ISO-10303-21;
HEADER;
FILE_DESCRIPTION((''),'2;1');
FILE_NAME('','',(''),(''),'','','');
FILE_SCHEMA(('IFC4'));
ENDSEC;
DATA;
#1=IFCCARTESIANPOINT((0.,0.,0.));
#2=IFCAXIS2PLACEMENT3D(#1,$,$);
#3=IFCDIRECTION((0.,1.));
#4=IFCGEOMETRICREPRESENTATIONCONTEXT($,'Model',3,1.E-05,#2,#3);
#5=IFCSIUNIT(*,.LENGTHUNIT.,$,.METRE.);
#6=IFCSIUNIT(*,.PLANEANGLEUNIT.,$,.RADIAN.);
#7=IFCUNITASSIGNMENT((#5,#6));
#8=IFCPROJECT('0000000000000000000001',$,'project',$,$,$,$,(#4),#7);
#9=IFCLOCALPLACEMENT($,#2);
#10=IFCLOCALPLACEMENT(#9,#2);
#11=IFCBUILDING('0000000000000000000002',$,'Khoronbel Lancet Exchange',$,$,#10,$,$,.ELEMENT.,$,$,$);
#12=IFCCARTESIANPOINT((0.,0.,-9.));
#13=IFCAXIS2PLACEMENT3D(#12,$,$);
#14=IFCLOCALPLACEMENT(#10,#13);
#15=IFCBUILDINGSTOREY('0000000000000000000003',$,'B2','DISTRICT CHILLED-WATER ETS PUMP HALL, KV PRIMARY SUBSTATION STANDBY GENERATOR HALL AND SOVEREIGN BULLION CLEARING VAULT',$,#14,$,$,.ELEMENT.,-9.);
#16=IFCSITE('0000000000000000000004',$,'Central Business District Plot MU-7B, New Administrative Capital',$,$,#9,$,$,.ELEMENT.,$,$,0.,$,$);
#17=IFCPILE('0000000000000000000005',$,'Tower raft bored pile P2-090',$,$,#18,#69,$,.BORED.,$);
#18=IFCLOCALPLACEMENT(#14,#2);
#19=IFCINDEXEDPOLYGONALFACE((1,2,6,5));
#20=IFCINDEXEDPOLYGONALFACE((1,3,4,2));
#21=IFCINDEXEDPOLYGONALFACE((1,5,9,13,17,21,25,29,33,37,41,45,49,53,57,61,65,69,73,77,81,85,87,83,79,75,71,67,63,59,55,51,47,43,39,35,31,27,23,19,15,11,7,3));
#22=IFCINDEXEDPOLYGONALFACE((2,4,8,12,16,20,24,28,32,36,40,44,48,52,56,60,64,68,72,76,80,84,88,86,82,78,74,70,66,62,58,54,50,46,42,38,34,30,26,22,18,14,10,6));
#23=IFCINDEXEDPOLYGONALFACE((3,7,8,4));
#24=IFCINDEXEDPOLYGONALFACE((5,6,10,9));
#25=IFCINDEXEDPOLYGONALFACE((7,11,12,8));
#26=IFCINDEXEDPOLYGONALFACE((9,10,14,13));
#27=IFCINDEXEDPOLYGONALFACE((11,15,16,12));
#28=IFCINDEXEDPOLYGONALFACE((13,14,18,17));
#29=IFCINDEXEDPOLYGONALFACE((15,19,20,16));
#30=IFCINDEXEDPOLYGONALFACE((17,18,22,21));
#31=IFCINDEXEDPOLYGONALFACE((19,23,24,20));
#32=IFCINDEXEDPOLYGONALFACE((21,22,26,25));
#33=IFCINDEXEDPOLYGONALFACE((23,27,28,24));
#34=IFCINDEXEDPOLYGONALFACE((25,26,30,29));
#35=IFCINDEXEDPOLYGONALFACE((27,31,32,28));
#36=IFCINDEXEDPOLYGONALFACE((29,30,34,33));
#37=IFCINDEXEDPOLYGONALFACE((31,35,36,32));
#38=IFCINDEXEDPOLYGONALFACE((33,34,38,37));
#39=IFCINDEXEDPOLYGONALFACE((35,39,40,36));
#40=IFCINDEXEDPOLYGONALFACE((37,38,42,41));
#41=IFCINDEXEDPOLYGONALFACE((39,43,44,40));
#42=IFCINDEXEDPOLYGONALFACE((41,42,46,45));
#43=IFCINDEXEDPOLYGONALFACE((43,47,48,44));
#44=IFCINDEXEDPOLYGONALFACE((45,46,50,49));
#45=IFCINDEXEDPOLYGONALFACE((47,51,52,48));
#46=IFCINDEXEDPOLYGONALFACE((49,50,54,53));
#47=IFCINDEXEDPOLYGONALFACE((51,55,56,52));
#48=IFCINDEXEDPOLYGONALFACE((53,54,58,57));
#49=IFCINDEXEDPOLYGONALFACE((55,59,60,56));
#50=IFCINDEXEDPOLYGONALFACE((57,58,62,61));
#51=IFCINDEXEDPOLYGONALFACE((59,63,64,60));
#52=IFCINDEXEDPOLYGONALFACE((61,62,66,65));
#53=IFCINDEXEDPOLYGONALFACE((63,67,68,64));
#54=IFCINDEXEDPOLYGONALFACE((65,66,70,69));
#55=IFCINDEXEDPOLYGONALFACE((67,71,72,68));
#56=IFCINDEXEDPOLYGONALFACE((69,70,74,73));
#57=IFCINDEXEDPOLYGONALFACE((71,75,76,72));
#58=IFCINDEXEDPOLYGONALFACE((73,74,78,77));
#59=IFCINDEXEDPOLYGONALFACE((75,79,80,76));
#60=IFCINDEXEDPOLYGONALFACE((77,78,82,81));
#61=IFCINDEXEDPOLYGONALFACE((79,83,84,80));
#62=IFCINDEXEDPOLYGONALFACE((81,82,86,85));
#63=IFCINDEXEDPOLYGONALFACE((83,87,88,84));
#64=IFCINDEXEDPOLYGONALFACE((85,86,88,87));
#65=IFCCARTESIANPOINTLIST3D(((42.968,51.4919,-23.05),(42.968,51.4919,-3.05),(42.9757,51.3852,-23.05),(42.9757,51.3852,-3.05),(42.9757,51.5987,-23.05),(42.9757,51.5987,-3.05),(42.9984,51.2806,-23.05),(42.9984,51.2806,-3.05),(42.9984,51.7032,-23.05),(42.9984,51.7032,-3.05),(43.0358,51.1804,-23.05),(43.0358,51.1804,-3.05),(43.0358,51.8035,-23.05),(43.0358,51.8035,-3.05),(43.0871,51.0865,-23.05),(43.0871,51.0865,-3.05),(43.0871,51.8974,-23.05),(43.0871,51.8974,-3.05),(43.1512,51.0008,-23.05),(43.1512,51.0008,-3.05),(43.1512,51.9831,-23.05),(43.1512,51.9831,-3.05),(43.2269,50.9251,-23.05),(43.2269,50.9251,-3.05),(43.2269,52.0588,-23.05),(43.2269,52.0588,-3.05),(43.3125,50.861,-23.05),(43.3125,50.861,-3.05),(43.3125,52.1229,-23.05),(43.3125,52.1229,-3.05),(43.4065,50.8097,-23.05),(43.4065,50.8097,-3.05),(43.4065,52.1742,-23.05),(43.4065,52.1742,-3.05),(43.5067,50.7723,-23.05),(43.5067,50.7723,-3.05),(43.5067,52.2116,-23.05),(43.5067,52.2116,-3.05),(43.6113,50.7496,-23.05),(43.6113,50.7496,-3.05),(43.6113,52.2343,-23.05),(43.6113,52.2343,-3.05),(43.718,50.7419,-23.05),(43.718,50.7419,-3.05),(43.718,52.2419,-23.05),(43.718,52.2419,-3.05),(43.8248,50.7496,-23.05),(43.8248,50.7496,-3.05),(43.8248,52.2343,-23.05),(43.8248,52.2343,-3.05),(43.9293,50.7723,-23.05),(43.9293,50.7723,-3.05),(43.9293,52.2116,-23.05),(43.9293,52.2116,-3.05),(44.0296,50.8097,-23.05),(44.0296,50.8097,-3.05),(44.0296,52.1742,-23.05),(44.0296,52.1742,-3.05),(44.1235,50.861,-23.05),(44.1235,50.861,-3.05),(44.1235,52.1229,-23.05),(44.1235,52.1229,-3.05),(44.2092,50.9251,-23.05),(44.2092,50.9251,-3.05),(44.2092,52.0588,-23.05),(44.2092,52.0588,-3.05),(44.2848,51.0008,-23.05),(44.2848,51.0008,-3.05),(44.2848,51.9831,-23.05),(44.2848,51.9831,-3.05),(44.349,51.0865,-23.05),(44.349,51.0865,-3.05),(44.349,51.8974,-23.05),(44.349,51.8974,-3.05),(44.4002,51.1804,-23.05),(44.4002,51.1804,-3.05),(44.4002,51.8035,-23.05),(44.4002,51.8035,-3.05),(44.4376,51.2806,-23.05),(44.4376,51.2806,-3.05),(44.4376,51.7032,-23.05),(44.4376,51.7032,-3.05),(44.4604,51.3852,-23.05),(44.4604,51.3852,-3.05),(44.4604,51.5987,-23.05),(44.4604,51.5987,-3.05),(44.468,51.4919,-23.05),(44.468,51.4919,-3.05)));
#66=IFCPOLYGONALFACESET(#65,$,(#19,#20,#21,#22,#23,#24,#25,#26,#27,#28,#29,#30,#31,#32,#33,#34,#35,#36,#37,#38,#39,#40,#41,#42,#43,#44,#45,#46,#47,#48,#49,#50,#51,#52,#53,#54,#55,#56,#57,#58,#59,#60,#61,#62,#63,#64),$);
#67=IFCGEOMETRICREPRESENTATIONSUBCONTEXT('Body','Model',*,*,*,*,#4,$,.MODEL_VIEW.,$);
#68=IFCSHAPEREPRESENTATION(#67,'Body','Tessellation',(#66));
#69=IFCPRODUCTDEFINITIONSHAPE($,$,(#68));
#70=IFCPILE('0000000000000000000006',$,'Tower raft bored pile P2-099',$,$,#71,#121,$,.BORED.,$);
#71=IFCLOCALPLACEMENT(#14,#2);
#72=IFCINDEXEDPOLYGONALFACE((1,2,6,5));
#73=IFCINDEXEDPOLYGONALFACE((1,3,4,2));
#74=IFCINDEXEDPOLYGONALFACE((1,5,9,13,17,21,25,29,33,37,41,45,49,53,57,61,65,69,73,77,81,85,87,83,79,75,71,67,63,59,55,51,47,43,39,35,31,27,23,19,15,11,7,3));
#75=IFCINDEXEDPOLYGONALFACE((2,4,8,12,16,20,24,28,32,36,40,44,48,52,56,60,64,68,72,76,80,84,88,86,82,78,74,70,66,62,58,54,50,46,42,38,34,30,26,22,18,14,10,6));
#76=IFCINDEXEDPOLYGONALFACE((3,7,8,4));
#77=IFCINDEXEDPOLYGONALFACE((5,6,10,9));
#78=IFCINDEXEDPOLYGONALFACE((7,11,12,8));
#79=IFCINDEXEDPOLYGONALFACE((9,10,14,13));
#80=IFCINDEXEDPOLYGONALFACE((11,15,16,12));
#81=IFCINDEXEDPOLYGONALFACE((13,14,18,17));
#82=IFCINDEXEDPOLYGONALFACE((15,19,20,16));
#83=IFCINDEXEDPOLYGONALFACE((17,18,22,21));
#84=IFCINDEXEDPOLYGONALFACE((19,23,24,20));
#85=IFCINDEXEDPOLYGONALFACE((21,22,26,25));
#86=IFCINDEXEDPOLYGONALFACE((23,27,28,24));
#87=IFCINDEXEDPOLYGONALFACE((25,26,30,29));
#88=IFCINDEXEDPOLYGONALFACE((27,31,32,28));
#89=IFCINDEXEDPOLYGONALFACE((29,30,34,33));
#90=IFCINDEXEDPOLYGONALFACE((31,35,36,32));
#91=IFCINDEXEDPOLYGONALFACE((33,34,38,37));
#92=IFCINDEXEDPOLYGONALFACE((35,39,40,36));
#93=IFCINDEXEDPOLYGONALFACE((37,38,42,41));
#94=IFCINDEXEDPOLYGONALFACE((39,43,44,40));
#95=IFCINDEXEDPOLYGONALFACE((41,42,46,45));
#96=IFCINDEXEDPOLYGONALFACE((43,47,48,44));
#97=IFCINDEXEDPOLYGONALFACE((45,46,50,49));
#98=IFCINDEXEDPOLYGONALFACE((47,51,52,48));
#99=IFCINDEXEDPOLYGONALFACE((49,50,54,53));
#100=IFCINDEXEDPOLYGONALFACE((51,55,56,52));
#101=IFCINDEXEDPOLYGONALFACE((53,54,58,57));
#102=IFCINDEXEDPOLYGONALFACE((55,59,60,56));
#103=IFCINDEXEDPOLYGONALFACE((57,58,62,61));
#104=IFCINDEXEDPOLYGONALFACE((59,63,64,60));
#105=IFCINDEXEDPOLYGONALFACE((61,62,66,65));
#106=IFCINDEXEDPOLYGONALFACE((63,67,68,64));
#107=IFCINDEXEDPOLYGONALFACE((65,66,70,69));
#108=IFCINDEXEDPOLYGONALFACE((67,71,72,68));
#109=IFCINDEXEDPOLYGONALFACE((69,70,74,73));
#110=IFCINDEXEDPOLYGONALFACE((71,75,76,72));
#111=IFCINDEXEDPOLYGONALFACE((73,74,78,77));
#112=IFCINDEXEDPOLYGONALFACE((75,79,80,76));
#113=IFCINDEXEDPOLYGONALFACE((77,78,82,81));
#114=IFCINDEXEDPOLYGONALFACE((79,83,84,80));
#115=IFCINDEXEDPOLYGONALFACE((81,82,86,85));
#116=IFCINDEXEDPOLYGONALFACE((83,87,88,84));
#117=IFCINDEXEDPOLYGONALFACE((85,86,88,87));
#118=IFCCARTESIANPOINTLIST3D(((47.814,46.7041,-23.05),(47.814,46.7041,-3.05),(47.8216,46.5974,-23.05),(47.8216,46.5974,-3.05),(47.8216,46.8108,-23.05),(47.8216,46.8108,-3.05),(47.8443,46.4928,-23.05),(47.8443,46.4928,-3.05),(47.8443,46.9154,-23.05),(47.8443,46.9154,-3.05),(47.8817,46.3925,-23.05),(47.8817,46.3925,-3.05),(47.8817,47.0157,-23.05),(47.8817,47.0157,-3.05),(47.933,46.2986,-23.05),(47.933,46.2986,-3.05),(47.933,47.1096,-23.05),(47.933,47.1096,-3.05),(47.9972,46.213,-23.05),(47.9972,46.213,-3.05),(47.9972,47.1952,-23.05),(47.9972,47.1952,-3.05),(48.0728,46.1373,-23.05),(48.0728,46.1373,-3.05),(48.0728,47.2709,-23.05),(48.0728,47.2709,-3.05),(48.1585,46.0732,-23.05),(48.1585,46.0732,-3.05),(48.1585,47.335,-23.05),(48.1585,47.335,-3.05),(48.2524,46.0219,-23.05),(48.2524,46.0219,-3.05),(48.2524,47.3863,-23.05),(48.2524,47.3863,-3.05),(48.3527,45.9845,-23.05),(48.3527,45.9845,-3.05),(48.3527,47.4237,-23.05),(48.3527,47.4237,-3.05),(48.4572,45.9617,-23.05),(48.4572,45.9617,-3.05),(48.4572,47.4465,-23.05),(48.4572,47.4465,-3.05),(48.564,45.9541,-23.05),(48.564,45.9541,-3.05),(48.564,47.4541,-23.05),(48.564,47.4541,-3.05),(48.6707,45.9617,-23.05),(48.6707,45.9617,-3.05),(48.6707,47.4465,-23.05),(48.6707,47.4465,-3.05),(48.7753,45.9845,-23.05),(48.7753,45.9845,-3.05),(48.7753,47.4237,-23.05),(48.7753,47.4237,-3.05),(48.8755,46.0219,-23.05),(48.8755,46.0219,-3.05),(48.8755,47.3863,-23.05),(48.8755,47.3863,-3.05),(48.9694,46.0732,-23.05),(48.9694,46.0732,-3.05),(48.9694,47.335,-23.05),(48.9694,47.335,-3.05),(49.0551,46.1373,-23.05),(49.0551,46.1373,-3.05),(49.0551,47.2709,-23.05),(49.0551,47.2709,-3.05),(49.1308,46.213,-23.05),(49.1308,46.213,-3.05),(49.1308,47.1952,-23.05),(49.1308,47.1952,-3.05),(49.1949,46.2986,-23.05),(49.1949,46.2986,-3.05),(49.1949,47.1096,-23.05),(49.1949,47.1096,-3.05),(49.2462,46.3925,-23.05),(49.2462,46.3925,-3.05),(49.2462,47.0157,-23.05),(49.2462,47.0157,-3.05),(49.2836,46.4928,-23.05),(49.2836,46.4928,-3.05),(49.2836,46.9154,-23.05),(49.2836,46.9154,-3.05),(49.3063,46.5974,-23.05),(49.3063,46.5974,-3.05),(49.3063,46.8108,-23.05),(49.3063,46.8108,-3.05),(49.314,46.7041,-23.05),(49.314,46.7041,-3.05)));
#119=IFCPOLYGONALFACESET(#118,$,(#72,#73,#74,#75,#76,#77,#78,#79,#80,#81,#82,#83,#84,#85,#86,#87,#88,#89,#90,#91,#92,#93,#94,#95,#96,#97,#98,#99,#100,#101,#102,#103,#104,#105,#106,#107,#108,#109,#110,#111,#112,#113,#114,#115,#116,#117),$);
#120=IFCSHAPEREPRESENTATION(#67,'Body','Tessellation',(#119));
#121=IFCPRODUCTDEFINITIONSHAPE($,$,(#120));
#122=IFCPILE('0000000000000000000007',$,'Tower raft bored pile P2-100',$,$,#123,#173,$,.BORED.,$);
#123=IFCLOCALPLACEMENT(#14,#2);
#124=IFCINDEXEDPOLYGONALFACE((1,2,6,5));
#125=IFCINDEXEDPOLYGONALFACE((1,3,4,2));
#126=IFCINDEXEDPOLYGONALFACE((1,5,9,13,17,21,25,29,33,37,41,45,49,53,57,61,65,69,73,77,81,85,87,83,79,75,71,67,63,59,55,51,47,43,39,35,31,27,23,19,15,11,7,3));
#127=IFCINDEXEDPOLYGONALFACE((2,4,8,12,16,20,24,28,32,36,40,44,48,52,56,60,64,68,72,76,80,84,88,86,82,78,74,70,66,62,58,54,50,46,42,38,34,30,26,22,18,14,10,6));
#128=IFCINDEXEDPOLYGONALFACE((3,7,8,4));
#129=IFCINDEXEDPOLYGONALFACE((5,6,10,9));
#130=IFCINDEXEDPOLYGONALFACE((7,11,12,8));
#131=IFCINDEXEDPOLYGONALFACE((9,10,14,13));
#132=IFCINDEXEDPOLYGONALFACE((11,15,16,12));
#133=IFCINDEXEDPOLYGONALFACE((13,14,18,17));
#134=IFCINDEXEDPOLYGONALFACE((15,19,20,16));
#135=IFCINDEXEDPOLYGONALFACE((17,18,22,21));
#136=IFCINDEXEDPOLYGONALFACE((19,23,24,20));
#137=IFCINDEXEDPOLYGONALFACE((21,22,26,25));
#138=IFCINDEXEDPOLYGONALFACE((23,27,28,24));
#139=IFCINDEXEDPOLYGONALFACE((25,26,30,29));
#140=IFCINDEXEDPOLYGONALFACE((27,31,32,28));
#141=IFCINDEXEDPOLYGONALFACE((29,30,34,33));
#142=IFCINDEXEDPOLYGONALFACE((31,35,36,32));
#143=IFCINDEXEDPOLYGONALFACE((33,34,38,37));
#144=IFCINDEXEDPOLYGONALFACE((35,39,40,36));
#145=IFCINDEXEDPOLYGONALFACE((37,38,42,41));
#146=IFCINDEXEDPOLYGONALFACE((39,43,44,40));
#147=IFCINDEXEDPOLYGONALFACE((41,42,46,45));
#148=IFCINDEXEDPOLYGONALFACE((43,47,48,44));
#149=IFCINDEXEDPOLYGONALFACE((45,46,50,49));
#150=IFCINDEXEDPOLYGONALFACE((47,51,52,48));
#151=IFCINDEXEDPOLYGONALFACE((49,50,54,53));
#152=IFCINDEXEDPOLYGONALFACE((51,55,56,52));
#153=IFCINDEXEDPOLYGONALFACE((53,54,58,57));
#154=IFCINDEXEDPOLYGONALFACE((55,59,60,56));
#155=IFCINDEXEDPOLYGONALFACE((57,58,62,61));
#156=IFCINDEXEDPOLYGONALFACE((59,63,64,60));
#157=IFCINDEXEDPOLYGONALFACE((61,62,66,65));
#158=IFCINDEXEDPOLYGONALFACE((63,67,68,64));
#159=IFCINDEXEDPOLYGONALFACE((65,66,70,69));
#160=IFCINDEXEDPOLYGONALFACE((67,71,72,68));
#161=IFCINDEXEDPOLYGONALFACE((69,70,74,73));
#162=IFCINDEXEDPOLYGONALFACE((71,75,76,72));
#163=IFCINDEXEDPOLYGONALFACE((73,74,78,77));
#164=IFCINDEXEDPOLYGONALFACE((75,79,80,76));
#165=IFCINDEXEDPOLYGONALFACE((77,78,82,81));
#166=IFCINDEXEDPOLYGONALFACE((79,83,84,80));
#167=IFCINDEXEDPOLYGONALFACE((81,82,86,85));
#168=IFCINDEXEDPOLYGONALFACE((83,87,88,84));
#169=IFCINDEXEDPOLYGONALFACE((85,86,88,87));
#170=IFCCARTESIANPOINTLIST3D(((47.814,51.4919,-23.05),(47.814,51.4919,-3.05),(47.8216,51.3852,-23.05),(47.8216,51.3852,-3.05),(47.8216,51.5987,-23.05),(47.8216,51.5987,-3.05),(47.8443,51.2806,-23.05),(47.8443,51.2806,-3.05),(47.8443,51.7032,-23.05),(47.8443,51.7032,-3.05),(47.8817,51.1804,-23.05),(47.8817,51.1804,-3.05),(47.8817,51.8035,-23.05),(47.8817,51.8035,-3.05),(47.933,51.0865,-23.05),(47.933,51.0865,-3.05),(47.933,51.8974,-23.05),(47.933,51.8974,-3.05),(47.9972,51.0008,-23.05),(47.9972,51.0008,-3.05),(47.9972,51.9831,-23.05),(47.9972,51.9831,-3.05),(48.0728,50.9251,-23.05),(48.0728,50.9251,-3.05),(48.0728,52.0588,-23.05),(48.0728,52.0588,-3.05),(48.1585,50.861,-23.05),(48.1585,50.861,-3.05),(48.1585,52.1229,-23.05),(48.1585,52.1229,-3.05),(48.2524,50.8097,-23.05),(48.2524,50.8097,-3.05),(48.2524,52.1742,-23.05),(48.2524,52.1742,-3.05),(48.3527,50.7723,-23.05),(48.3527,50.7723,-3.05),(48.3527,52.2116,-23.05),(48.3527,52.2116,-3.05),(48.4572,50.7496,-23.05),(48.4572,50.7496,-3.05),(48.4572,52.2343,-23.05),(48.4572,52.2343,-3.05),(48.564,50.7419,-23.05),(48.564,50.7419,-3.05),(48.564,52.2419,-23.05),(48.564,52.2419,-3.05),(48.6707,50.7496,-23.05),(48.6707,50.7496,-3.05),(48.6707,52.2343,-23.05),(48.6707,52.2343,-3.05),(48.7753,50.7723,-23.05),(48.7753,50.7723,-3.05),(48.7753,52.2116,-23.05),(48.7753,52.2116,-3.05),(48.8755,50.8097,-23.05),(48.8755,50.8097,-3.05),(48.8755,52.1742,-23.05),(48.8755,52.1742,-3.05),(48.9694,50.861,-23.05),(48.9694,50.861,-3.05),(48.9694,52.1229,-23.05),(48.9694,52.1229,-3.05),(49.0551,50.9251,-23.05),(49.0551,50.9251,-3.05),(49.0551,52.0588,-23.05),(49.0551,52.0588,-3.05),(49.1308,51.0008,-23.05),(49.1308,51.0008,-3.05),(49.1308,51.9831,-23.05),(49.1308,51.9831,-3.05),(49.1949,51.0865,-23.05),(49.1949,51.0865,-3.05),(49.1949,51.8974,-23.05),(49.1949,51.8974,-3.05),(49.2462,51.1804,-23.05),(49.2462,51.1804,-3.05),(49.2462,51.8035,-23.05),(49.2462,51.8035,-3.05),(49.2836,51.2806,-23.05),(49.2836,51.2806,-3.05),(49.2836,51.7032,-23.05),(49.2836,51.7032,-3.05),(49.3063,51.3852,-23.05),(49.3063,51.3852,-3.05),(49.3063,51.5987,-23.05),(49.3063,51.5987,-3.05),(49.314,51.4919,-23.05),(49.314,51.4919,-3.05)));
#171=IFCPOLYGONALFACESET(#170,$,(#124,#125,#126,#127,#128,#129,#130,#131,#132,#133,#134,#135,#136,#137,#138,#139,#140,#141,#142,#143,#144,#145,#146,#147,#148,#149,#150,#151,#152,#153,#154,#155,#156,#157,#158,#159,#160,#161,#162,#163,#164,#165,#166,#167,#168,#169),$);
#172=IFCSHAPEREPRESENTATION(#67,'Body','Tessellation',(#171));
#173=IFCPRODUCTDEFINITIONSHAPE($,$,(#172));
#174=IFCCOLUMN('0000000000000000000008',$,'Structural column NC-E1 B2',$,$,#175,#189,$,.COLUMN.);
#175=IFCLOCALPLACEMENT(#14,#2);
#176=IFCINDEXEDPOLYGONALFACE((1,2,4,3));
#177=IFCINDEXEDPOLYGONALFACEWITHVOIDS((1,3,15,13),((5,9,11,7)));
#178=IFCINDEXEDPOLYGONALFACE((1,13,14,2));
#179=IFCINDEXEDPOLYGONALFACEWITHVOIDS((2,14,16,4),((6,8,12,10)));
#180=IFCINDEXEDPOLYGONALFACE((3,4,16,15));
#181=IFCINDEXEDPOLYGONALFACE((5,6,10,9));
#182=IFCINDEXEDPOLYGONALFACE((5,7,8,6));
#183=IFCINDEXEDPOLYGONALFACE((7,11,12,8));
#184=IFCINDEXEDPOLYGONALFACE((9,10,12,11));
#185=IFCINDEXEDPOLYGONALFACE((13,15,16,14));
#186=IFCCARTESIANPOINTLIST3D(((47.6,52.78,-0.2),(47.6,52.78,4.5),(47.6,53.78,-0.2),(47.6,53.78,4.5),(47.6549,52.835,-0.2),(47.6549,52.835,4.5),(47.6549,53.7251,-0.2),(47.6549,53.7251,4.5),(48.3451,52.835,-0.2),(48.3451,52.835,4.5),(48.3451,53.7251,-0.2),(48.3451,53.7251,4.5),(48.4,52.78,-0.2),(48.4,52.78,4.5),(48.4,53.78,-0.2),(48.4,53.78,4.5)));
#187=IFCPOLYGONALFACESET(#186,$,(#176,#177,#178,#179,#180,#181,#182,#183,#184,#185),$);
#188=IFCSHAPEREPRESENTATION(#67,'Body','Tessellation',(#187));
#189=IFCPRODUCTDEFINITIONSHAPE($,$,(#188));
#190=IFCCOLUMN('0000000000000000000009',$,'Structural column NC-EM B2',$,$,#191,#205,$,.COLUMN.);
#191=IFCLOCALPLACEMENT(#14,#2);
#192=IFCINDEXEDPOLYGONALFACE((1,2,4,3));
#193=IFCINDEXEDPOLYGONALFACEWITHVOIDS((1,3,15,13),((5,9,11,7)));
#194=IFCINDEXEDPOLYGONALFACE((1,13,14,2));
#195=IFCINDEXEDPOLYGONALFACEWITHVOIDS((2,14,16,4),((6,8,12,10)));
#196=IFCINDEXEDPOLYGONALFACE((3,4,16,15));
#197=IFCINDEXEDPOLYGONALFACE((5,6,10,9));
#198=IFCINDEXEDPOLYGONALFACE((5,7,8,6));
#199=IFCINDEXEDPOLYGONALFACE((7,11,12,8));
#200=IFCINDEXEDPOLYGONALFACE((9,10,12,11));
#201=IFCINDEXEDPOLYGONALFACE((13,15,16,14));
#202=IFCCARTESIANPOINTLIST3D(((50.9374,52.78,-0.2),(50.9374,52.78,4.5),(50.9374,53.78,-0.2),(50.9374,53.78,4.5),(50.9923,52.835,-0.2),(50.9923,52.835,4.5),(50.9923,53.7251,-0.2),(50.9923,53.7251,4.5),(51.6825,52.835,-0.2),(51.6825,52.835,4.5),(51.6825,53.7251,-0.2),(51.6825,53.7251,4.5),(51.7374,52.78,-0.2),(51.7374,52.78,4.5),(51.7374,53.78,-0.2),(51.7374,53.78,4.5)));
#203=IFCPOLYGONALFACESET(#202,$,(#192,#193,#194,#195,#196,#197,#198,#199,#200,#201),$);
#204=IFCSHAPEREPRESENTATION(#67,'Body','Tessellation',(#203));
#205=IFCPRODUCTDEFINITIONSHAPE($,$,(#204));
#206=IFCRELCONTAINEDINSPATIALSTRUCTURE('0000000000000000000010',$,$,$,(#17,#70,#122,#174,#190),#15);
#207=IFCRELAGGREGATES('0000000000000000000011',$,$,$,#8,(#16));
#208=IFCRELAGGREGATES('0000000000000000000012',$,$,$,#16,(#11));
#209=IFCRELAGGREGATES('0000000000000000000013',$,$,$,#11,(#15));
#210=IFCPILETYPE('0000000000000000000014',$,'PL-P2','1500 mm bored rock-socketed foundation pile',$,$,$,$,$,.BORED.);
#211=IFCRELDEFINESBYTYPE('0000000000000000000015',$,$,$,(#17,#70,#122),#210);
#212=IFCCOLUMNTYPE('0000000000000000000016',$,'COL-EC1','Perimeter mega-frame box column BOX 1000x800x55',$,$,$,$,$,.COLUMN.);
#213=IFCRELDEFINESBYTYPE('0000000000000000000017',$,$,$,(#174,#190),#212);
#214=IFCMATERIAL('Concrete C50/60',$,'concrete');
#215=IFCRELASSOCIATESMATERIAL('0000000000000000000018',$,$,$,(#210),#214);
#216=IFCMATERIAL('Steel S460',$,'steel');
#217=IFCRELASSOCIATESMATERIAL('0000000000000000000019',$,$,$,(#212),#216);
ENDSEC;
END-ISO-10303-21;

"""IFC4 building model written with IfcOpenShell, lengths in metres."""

from ifc_helpers import new_model, si_unit, direction, frame, origin, origin_2d, place, context, subcontext, project, spatial, hollow_rectangle, circle, extrude, material, material_profile, profile_set, type_object, element, save


model = new_model("IFC4")

# Units and contexts
model_context = context("Model", 3, precision=1e-05, world=origin(), true_north=direction((0.0, 1.0)))
body_context = subcontext(model_context, "Body", "Model", "MODEL_VIEW")
ifc_project = project(units=[si_unit("LENGTHUNIT", "METRE"), si_unit("PLANEANGLEUNIT", "RADIAN")], contexts=[model_context])

# Site, building, storey
site_placement = place(None, origin())
site = spatial("IfcSite", under=ifc_project, at=site_placement, Name="Central Business District Plot MU-7B, New Administrative Capital", CompositionType="ELEMENT", RefElevation=0.0)
building_placement = place(site_placement, origin())
building = spatial("IfcBuilding", under=site, at=building_placement, Name="Khoronbel Lancet Exchange", CompositionType="ELEMENT")
storey_placement = place(building_placement, frame((0.0, 0.0, -9.0)))
storey = spatial("IfcBuildingStorey", under=building, at=storey_placement, Name="B2", Description="DISTRICT CHILLED-WATER ETS PUMP HALL, KV PRIMARY SUBSTATION STANDBY GENERATOR HALL AND SOVEREIGN BULLION CLEARING VAULT", CompositionType="ELEMENT", Elevation=-9.0)

# Piles
ifc_material_1 = material(Name="Concrete C50/60", Category="concrete")
ifc_material_profile_1 = material_profile(ifc_material_1, circle(Radius=0.75, at=origin_2d()), Name="BORED PILE D1500")
ifc_profile_set_1 = profile_set([ifc_material_profile_1], Name="Concrete C50/60")
pile_type = type_object("IfcPileType", Name="PL-P2", Description="1500 mm bored rock-socketed foundation pile", PredefinedType="BORED", material=ifc_profile_set_1)
for number, where, z_axis, x_axis, name in (
    (1, (43.718, 51.4919, -3.05), (0.0, 0.0, -1.0), (1.0, 0.0, 0.0), "Tower raft bored pile P2-090"),
    (2, (48.564, 46.7041, -3.05), (0.0, 0.0, -1.0), (1.0, 0.0, 0.0), "Tower raft bored pile P2-099"),
    (3, (48.564, 51.4919, -3.05), (0.0, 0.0, -1.0), (1.0, 0.0, 0.0), "Tower raft bored pile P2-100"),
):
    element("IfcPile", number, at=place(storey_placement, frame(where, z_axis=z_axis, x_axis=x_axis)), inside=storey, type_object=pile_type, Name=name, PredefinedType="BORED", context=body_context, shape_type="SweptSolid", body=[
        extrude(circle(Radius=0.75, at=origin_2d()), origin(), (0.0, 0.0, 1.0), 20.0),
    ])

# Columns
ifc_material_2 = material(Name="Steel S460", Category="steel")
ifc_material_profile_2 = material_profile(ifc_material_2, hollow_rectangle(XDim=0.8, YDim=1.0, WallThickness=0.0549, at=origin_2d()), Name="BOX 1000x800x55")
ifc_profile_set_2 = profile_set([ifc_material_profile_2], Name="Steel S460")
column_type = type_object("IfcColumnType", Name="COL-EC1", Description="Perimeter mega-frame box column BOX 1000x800x55", PredefinedType="COLUMN", material=ifc_profile_set_2)
for number, where, z_axis, x_axis, name in (
    (4, (48.0, 53.28, -0.2), (0.0, 0.0, 1.0), (1.0, 0.0, 0.0), "Structural column NC-E1 B2"),
    (5, (51.3374, 53.28, -0.2), (0.0, 0.0, 1.0), (1.0, 0.0, 0.0), "Structural column NC-EM B2"),
):
    element("IfcColumn", number, at=place(storey_placement, frame(where, z_axis=z_axis, x_axis=x_axis)), inside=storey, type_object=column_type, Name=name, PredefinedType="COLUMN", context=body_context, shape_type="SweptSolid", body=[
        extrude(hollow_rectangle(XDim=0.8, YDim=1.0, WallThickness=0.0549, at=origin_2d()), origin(), (0.0, 0.0, 1.0), 4.7),
    ])

save(model, "model.ifc")
